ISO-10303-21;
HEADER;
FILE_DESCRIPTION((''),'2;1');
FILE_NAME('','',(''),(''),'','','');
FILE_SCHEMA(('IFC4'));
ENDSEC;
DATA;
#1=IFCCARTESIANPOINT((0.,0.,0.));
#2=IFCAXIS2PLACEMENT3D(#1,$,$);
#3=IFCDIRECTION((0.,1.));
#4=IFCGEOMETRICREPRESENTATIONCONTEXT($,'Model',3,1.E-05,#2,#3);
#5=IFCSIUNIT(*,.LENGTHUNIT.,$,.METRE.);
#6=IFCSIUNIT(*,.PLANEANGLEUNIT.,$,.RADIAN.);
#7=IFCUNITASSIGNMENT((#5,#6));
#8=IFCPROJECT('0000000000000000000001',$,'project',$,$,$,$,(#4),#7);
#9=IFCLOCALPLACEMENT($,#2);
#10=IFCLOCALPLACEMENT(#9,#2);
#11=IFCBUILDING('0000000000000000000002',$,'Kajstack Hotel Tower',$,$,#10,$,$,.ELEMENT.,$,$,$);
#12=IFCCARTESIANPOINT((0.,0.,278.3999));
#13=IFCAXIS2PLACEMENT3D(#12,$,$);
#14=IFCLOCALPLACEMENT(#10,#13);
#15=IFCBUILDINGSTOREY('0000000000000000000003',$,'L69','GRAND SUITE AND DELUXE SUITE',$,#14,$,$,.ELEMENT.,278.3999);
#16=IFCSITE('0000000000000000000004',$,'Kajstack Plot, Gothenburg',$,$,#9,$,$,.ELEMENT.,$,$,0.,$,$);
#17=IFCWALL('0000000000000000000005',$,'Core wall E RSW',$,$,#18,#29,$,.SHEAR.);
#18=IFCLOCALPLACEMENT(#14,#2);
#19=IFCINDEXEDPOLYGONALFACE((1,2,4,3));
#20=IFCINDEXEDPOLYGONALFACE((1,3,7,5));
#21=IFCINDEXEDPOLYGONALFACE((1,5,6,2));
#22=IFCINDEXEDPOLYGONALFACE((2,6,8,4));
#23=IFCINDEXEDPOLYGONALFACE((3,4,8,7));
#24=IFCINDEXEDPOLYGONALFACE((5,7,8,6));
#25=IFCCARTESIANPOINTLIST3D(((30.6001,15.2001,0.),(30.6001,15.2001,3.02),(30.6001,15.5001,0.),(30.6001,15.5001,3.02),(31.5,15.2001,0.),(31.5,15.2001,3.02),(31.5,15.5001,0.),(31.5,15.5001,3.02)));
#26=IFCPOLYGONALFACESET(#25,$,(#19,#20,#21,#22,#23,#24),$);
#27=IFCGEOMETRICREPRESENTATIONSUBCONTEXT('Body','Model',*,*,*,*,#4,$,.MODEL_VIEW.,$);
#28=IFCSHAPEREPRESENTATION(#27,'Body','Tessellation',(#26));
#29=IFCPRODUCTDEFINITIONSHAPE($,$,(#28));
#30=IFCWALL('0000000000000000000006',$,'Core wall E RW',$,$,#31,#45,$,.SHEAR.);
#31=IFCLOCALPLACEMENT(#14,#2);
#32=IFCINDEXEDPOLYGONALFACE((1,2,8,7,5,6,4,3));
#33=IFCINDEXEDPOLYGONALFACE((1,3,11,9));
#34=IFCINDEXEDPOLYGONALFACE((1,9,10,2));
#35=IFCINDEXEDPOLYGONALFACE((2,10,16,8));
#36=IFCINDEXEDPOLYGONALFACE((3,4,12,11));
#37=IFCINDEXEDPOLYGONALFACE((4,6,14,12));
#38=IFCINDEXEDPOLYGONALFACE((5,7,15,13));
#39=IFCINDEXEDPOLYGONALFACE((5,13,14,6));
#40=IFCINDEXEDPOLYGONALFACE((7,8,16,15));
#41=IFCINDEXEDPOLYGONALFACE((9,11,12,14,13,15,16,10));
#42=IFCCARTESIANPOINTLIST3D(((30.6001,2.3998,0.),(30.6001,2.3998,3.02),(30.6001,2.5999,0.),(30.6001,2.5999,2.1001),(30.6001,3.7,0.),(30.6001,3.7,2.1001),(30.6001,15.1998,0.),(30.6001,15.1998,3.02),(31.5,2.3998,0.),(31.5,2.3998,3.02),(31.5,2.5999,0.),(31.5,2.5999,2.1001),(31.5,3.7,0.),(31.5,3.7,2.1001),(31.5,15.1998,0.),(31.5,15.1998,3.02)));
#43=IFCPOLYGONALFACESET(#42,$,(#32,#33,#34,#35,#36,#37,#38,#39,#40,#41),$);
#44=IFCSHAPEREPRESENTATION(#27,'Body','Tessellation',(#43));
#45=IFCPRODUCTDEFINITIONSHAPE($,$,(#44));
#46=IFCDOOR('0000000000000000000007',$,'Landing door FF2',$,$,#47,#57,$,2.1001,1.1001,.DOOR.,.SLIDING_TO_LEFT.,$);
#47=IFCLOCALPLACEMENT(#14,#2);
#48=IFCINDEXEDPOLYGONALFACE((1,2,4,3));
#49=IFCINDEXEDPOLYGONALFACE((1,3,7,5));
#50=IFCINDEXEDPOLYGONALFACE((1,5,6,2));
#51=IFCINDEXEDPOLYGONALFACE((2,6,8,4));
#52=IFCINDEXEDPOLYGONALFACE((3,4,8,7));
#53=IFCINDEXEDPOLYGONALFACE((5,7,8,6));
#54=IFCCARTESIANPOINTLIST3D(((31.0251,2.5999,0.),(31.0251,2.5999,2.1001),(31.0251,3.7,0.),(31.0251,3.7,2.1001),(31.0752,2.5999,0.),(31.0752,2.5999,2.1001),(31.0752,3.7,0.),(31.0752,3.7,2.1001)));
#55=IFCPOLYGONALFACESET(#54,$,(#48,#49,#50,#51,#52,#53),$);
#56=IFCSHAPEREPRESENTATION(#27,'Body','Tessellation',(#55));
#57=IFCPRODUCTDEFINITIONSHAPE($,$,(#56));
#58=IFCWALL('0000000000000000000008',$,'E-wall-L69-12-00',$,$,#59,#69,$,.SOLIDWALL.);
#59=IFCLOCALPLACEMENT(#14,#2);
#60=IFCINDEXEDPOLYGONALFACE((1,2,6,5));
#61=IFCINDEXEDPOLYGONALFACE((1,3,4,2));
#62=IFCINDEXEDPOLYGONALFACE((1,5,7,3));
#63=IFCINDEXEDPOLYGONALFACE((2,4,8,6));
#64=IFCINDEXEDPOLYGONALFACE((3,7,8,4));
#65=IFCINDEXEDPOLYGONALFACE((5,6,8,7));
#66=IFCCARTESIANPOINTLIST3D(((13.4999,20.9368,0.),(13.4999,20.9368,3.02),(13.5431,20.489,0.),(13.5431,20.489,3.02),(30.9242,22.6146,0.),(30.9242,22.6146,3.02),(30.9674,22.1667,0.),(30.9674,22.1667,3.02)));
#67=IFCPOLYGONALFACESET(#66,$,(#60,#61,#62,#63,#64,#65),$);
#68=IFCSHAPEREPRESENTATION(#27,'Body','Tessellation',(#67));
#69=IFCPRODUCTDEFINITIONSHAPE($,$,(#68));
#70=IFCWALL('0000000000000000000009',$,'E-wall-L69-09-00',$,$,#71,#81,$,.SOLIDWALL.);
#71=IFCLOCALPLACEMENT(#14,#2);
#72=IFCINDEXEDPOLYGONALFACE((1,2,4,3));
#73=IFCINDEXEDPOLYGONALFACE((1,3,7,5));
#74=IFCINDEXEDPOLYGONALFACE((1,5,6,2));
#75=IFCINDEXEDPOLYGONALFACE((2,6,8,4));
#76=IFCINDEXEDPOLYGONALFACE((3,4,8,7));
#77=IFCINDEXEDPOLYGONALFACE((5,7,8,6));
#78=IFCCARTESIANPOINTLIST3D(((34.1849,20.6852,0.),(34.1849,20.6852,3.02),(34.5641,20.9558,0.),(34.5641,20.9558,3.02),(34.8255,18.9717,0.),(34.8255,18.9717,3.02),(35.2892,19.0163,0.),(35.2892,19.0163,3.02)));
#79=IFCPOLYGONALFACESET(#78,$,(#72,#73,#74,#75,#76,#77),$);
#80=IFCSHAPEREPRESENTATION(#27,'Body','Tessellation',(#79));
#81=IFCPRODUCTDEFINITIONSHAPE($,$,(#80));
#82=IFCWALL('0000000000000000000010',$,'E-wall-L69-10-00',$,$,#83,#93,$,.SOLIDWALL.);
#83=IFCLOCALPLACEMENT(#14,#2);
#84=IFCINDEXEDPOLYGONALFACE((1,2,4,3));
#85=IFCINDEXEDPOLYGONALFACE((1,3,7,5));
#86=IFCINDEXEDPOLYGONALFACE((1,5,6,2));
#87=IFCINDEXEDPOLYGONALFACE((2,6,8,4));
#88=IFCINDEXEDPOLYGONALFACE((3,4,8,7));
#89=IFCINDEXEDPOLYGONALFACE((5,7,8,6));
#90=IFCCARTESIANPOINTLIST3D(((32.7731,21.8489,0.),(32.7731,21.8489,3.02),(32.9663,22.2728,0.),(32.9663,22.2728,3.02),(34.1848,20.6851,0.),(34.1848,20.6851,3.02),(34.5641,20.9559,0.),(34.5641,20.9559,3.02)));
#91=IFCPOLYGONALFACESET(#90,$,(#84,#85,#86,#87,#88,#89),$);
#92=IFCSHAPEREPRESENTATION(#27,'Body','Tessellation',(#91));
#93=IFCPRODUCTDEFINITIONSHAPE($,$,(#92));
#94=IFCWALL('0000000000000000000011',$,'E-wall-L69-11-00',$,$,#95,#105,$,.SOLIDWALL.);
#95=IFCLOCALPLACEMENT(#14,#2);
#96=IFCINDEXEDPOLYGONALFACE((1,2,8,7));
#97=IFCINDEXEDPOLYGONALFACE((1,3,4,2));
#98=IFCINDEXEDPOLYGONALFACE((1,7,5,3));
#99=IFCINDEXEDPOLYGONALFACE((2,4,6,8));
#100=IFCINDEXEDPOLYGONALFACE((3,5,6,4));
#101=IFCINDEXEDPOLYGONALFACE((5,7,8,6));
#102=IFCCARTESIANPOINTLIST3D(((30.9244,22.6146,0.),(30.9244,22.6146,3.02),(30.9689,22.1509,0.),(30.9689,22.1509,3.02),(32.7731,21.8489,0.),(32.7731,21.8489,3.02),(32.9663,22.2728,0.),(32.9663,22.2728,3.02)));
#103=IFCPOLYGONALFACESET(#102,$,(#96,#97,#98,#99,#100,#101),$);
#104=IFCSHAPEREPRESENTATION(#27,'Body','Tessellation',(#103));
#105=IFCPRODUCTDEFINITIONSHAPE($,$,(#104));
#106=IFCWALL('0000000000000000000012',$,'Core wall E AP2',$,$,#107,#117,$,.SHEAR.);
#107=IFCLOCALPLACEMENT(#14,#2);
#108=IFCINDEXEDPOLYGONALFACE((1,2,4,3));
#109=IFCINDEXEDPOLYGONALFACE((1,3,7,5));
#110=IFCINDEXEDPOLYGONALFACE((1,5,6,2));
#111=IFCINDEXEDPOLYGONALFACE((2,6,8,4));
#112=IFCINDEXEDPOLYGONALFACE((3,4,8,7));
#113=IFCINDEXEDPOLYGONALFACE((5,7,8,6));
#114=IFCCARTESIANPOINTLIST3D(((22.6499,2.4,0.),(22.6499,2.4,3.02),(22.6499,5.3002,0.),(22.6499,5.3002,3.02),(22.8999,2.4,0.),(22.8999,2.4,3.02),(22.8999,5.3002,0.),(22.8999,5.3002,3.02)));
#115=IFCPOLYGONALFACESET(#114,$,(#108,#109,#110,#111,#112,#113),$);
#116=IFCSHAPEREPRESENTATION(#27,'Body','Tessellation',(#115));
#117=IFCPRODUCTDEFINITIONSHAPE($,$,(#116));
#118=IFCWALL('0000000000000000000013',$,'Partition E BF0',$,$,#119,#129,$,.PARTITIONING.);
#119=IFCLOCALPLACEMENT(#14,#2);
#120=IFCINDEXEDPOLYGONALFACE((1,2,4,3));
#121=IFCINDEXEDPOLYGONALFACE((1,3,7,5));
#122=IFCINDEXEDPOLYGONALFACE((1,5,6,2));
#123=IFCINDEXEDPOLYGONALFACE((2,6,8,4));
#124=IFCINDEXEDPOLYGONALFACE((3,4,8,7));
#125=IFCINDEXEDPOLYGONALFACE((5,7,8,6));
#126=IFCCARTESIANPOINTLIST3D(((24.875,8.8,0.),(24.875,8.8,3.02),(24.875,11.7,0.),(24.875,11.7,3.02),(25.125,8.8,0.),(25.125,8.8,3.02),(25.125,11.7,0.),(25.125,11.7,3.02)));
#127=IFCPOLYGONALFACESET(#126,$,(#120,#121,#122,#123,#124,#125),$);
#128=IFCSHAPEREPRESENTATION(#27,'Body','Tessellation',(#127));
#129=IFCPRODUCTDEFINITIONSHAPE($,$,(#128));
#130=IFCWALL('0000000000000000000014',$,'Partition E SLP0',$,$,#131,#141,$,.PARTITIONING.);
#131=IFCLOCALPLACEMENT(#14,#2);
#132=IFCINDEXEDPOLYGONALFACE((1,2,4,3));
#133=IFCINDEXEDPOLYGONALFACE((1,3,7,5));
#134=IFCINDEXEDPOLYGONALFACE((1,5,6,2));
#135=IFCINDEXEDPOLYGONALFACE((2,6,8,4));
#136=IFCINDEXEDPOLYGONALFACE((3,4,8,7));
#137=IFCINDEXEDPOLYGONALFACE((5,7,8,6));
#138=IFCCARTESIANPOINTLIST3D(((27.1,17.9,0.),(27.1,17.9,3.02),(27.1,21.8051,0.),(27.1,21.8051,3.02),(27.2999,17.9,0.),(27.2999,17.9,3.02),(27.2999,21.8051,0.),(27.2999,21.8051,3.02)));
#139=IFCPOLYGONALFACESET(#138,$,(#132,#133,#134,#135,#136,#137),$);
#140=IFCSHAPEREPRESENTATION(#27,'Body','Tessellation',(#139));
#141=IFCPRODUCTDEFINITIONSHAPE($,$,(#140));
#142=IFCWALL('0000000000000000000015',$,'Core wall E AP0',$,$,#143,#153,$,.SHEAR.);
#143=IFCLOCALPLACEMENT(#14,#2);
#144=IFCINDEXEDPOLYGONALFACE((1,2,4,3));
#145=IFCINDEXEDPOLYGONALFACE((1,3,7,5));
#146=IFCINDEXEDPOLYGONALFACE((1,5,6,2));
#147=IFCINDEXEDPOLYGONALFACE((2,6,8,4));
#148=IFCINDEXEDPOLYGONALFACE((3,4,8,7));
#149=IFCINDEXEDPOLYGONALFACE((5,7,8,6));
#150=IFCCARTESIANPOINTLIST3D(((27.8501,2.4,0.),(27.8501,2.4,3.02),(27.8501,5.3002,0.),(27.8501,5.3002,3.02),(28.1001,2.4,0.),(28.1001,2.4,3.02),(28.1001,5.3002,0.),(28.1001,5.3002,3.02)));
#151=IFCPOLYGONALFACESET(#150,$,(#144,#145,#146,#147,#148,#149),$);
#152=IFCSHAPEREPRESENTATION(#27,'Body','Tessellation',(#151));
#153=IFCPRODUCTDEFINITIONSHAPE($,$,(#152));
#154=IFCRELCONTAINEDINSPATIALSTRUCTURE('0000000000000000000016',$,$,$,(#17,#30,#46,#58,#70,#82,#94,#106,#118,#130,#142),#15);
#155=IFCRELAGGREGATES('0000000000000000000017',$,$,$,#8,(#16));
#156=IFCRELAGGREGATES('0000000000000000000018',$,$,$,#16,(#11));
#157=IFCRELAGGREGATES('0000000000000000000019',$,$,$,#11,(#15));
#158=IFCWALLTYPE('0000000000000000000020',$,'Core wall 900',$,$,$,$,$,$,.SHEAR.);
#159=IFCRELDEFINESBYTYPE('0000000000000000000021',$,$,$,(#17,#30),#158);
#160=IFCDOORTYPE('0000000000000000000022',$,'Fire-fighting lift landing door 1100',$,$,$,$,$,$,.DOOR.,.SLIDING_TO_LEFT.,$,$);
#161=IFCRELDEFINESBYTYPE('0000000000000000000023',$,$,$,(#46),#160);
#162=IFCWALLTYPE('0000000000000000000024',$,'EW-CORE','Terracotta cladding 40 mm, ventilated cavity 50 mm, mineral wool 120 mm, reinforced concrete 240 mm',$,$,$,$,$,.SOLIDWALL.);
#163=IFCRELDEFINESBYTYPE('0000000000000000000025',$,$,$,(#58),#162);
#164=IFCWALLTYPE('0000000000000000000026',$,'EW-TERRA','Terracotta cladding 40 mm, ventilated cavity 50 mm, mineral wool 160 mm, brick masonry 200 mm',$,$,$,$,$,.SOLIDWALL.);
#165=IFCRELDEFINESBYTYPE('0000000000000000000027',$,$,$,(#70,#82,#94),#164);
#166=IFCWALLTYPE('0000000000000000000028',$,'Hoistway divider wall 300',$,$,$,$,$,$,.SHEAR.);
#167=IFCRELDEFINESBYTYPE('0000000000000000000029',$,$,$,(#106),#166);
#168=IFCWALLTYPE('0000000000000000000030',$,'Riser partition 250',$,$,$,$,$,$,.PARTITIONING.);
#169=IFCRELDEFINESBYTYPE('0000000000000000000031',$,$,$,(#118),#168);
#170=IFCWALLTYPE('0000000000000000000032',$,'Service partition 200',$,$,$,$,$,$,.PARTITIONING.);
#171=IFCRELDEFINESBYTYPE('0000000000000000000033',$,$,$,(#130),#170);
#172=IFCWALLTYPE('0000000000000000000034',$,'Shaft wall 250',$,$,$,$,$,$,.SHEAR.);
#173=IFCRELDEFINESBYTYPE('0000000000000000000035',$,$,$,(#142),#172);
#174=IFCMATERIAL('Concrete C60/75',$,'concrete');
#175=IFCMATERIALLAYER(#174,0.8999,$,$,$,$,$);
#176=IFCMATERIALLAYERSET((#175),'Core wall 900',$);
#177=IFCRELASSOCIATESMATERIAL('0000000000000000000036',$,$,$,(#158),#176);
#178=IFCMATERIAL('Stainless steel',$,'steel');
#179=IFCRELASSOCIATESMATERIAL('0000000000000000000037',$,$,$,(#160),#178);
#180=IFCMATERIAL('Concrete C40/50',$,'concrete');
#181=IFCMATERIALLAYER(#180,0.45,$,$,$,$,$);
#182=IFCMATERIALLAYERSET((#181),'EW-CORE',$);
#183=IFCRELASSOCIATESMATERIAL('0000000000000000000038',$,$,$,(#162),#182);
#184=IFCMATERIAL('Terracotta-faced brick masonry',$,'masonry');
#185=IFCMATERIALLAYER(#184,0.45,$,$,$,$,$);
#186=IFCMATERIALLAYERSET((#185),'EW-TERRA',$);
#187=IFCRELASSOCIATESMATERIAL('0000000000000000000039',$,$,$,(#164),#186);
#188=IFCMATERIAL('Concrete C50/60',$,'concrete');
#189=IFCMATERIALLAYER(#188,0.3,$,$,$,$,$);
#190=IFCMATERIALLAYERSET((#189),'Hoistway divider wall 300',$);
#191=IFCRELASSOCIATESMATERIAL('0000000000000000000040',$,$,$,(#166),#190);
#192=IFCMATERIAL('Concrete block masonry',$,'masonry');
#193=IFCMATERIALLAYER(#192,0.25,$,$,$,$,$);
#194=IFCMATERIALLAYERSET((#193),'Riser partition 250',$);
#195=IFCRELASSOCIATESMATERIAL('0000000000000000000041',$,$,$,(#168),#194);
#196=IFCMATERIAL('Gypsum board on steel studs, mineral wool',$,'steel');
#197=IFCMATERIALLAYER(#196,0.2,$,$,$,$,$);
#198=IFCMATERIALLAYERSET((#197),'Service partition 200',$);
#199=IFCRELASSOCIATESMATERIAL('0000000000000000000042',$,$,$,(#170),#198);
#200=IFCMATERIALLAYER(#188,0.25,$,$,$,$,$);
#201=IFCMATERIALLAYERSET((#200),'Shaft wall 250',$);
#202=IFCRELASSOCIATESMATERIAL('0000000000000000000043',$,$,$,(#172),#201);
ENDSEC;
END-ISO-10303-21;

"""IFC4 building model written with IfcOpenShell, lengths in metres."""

from ifc_helpers import new_model, si_unit, direction, frame, frame_2d, origin, place, context, subcontext, project, spatial, polyline, rectangle, outline, extrude, material, layer, layer_set, type_object, element, fill, save


model = new_model("IFC4")

# Units and contexts
model_context = context("Model", 3, precision=1e-05, world=origin(), true_north=direction((0.0, 1.0)))
body_context = subcontext(model_context, "Body", "Model", "MODEL_VIEW")
ifc_project = project(units=[si_unit("LENGTHUNIT", "METRE"), si_unit("PLANEANGLEUNIT", "RADIAN")], contexts=[model_context])

# Site, building, storey
site_placement = place(None, origin())
site = spatial("IfcSite", under=ifc_project, at=site_placement, Name="Kajstack Plot, Gothenburg", CompositionType="ELEMENT", RefElevation=0.0)
building_placement = place(site_placement, origin())
building = spatial("IfcBuilding", under=site, at=building_placement, Name="Kajstack Hotel Tower", CompositionType="ELEMENT")
storey_placement = place(building_placement, frame((0.0, 0.0, 278.3999)))
storey = spatial("IfcBuildingStorey", under=building, at=storey_placement, Name="L69", Description="GRAND SUITE AND DELUXE SUITE", CompositionType="ELEMENT", Elevation=278.3999)

# Wall
ifc_material_1 = material(Name="Concrete C60/75", Category="concrete")
ifc_layer_1 = layer(ifc_material_1, 0.8999)
ifc_layer_set_1 = layer_set([ifc_layer_1], Name="Core wall 900")
wall_type_1 = type_object("IfcWallType", Name="Core wall 900", PredefinedType="SHEAR", material=ifc_layer_set_1)
wall_1_placement = place(storey_placement, frame((30.6001, 15.3501, 0.0), z_axis=(0.0, 0.0, 1.0), x_axis=(1.0, 0.0, 0.0)))
element("IfcWall", 1, at=wall_1_placement, inside=storey, type_object=wall_type_1, Name="Core wall E RSW", PredefinedType="SHEAR", context=body_context, shape_type="SweptSolid", body=[
    extrude(rectangle(XDim=0.8999, YDim=0.3, at=frame_2d((0.45, 0.0))), origin(), (0.0, 0.0, 1.0), 3.02),
])

# Wall, opening, door
wall_2_placement = place(storey_placement, frame((31.05, 2.3999, 0.0), z_axis=(0.0, 0.0, 1.0), x_axis=(0.0, 1.0, 0.0)))
wall_2 = element("IfcWall", 2, at=wall_2_placement, inside=storey, type_object=wall_type_1, Name="Core wall E RW", PredefinedType="SHEAR", context=body_context, shape_type="SweptSolid", body=[
    extrude(rectangle(XDim=12.8, YDim=0.8999, at=frame_2d((6.3999, 0.0))), origin(), (0.0, 0.0, 1.0), 3.02),
])
opening_1_placement = place(wall_2_placement, frame((0.2, 0.0, 0.0)))
opening_1 = element("IfcOpeningElement", 3, at=opening_1_placement, cuts=wall_2, PredefinedType="OPENING", context=body_context, shape_type="SweptSolid", body=[
    extrude(rectangle(XDim=1.1001, YDim=2.1001, at=frame_2d((0.55, 1.05))), frame((0.0, 0.46, 0.0), z_axis=(0.0, -1.0, 0.0), x_axis=(1.0, 0.0, 0.0)), (0.0, 0.0, 1.0), 0.9199),
])
ifc_material_2 = material(Name="Stainless steel", Category="steel")
door_type_1 = type_object("IfcDoorType", Name="Fire-fighting lift landing door 1100", OperationType="SLIDING_TO_LEFT", PredefinedType="DOOR", material=ifc_material_2)
door_1_placement = place(opening_1_placement, origin())
door_1 = element("IfcDoor", 4, at=door_1_placement, inside=storey, type_object=door_type_1, Name="Landing door FF2", OperationType="SLIDING_TO_LEFT", OverallHeight=2.1001, OverallWidth=1.1001, PredefinedType="DOOR", context=body_context, shape_type="SweptSolid", body=[
    extrude(rectangle(XDim=1.1001, YDim=2.1001, at=frame_2d((0.55, 1.05))), frame((0.0, 0.0249, 0.0), z_axis=(0.0, -1.0, 0.0), x_axis=(1.0, 0.0, 0.0)), (0.0, 0.0, 1.0), 0.05),
])
fill(opening_1, door_1)

# Walls
ifc_material_3 = material(Name="Concrete C40/50", Category="concrete")
ifc_layer_2 = layer(ifc_material_3, 0.45)
ifc_layer_set_2 = layer_set([ifc_layer_2], Name="EW-CORE")
wall_type_2 = type_object("IfcWallType", Name="EW-CORE", Description="Terracotta cladding 40 mm, ventilated cavity 50 mm, mineral wool 120 mm, reinforced concrete 240 mm", PredefinedType="SOLIDWALL", material=ifc_layer_set_2)
wall_3_placement = place(storey_placement, frame((30.9458, 22.3906, 0.0), z_axis=(0.0, 0.0, 1.0), x_axis=(-0.995396, -0.095844, 0.0)))
element("IfcWall", 5, at=wall_3_placement, inside=storey, type_object=wall_type_2, Name="E-wall-L69-12-00", PredefinedType="SOLIDWALL", context=body_context, shape_type="SweptSolid", body=[
    extrude(rectangle(XDim=17.5049, YDim=0.45, at=frame_2d((8.7524, 0.0))), origin(), (0.0, 0.0, 1.0), 3.02),
])
ifc_material_4 = material(Name="Terracotta-faced brick masonry", Category="masonry")
ifc_layer_3 = layer(ifc_material_4, 0.45)
ifc_layer_set_3 = layer_set([ifc_layer_3], Name="EW-TERRA")
wall_type_3 = type_object("IfcWallType", Name="EW-TERRA", Description="Terracotta cladding 40 mm, ventilated cavity 50 mm, mineral wool 160 mm, brick masonry 200 mm", PredefinedType="SOLIDWALL", material=ifc_layer_set_3)
wall_4_placement = place(storey_placement, frame((35.0784, 18.9375, 0.0), z_axis=(0.0, 0.0, 1.0), x_axis=(-0.350193, 0.936678, 0.0)))
element("IfcWall", 6, at=wall_4_placement, inside=storey, type_object=wall_type_3, Name="E-wall-L69-09-00", PredefinedType="SOLIDWALL", context=body_context, shape_type="SweptSolid", body=[
    extrude(outline(polyline([(0.0, -0.2251), (2.0706, -0.2251), (1.95, 0.2249), (0.1206, 0.2249), (0.0, -0.2251)])), origin(), (0.0, 0.0, 1.0), 3.02),
])
wall_5_placement = place(storey_placement, frame((34.4209, 20.7822, 0.0), z_axis=(0.0, 0.0, 1.0), x_axis=(-0.771593, 0.636116, 0.0)))
element("IfcWall", 7, at=wall_5_placement, inside=storey, type_object=wall_type_3, Name="E-wall-L69-10-00", PredefinedType="SOLIDWALL", context=body_context, shape_type="SweptSolid", body=[
    extrude(outline(polyline([(0.0, -0.2251), (2.0706, -0.2249), (1.95, 0.2251), (0.1204, 0.2251), (0.0, -0.2251)])), origin(), (0.0, 0.0, 1.0), 3.02),
])
wall_6_placement = place(storey_placement, frame((32.9292, 22.051, 0.0), z_axis=(0.0, 0.0, 1.0), x_axis=(-0.986298, 0.164973, 0.0)))
element("IfcWall", 8, at=wall_6_placement, inside=storey, type_object=wall_type_3, Name="E-wall-L69-11-00", PredefinedType="SOLIDWALL", context=body_context, shape_type="SweptSolid", body=[
    extrude(outline(polyline([(0.0, -0.2249), (2.0703, -0.2251), (1.95, 0.2249), (0.1206, 0.2251), (0.0, -0.2249)])), origin(), (0.0, 0.0, 1.0), 3.02),
])
ifc_material_5 = material(Name="Concrete C50/60", Category="concrete")
ifc_layer_4 = layer(ifc_material_5, 0.3)
ifc_layer_set_4 = layer_set([ifc_layer_4], Name="Hoistway divider wall 300")
wall_type_4 = type_object("IfcWallType", Name="Hoistway divider wall 300", PredefinedType="SHEAR", material=ifc_layer_set_4)
wall_7_placement = place(storey_placement, frame((22.7749, 2.3999, 0.0), z_axis=(0.0, 0.0, 1.0), x_axis=(0.0, 1.0, 0.0)))
element("IfcWall", 9, at=wall_7_placement, inside=storey, type_object=wall_type_4, Name="Core wall E AP2", PredefinedType="SHEAR", context=body_context, shape_type="SweptSolid", body=[
    extrude(rectangle(XDim=2.9001, YDim=0.25, at=frame_2d((1.4502, 0.0))), origin(), (0.0, 0.0, 1.0), 3.02),
])
ifc_material_6 = material(Name="Concrete block masonry", Category="masonry")
ifc_layer_5 = layer(ifc_material_6, 0.25)
ifc_layer_set_5 = layer_set([ifc_layer_5], Name="Riser partition 250")
wall_type_5 = type_object("IfcWallType", Name="Riser partition 250", PredefinedType="PARTITIONING", material=ifc_layer_set_5)
wall_8_placement = place(storey_placement, frame((25.0, 8.8, 0.0), z_axis=(0.0, 0.0, 1.0), x_axis=(0.0, 1.0, 0.0)))
element("IfcWall", 10, at=wall_8_placement, inside=storey, type_object=wall_type_5, Name="Partition E BF0", PredefinedType="PARTITIONING", context=body_context, shape_type="SweptSolid", body=[
    extrude(rectangle(XDim=2.8999, YDim=0.25, at=frame_2d((1.45, 0.0))), origin(), (0.0, 0.0, 1.0), 3.02),
])
ifc_material_7 = material(Name="Gypsum board on steel studs, mineral wool", Category="steel")
ifc_layer_6 = layer(ifc_material_7, 0.2)
ifc_layer_set_6 = layer_set([ifc_layer_6], Name="Service partition 200")
wall_type_6 = type_object("IfcWallType", Name="Service partition 200", PredefinedType="PARTITIONING", material=ifc_layer_set_6)
wall_9_placement = place(storey_placement, frame((27.2, 17.8999, 0.0), z_axis=(0.0, 0.0, 1.0), x_axis=(0.0, 1.0, 0.0)))
element("IfcWall", 11, at=wall_9_placement, inside=storey, type_object=wall_type_6, Name="Partition E SLP0", PredefinedType="PARTITIONING", context=body_context, shape_type="SweptSolid", body=[
    extrude(rectangle(XDim=3.905, YDim=0.2, at=frame_2d((1.9526, 0.0))), origin(), (0.0, 0.0, 1.0), 3.02),
])
ifc_layer_7 = layer(ifc_material_5, 0.25)
ifc_layer_set_7 = layer_set([ifc_layer_7], Name="Shaft wall 250")
wall_type_7 = type_object("IfcWallType", Name="Shaft wall 250", PredefinedType="SHEAR", material=ifc_layer_set_7)
wall_10_placement = place(storey_placement, frame((27.9751, 2.3999, 0.0), z_axis=(0.0, 0.0, 1.0), x_axis=(0.0, 1.0, 0.0)))
element("IfcWall", 12, at=wall_10_placement, inside=storey, type_object=wall_type_7, Name="Core wall E AP0", PredefinedType="SHEAR", context=body_context, shape_type="SweptSolid", body=[
    extrude(rectangle(XDim=2.9001, YDim=0.25, at=frame_2d((1.4502, 0.0))), origin(), (0.0, 0.0, 1.0), 3.02),
])

save(model, "model.ifc")
